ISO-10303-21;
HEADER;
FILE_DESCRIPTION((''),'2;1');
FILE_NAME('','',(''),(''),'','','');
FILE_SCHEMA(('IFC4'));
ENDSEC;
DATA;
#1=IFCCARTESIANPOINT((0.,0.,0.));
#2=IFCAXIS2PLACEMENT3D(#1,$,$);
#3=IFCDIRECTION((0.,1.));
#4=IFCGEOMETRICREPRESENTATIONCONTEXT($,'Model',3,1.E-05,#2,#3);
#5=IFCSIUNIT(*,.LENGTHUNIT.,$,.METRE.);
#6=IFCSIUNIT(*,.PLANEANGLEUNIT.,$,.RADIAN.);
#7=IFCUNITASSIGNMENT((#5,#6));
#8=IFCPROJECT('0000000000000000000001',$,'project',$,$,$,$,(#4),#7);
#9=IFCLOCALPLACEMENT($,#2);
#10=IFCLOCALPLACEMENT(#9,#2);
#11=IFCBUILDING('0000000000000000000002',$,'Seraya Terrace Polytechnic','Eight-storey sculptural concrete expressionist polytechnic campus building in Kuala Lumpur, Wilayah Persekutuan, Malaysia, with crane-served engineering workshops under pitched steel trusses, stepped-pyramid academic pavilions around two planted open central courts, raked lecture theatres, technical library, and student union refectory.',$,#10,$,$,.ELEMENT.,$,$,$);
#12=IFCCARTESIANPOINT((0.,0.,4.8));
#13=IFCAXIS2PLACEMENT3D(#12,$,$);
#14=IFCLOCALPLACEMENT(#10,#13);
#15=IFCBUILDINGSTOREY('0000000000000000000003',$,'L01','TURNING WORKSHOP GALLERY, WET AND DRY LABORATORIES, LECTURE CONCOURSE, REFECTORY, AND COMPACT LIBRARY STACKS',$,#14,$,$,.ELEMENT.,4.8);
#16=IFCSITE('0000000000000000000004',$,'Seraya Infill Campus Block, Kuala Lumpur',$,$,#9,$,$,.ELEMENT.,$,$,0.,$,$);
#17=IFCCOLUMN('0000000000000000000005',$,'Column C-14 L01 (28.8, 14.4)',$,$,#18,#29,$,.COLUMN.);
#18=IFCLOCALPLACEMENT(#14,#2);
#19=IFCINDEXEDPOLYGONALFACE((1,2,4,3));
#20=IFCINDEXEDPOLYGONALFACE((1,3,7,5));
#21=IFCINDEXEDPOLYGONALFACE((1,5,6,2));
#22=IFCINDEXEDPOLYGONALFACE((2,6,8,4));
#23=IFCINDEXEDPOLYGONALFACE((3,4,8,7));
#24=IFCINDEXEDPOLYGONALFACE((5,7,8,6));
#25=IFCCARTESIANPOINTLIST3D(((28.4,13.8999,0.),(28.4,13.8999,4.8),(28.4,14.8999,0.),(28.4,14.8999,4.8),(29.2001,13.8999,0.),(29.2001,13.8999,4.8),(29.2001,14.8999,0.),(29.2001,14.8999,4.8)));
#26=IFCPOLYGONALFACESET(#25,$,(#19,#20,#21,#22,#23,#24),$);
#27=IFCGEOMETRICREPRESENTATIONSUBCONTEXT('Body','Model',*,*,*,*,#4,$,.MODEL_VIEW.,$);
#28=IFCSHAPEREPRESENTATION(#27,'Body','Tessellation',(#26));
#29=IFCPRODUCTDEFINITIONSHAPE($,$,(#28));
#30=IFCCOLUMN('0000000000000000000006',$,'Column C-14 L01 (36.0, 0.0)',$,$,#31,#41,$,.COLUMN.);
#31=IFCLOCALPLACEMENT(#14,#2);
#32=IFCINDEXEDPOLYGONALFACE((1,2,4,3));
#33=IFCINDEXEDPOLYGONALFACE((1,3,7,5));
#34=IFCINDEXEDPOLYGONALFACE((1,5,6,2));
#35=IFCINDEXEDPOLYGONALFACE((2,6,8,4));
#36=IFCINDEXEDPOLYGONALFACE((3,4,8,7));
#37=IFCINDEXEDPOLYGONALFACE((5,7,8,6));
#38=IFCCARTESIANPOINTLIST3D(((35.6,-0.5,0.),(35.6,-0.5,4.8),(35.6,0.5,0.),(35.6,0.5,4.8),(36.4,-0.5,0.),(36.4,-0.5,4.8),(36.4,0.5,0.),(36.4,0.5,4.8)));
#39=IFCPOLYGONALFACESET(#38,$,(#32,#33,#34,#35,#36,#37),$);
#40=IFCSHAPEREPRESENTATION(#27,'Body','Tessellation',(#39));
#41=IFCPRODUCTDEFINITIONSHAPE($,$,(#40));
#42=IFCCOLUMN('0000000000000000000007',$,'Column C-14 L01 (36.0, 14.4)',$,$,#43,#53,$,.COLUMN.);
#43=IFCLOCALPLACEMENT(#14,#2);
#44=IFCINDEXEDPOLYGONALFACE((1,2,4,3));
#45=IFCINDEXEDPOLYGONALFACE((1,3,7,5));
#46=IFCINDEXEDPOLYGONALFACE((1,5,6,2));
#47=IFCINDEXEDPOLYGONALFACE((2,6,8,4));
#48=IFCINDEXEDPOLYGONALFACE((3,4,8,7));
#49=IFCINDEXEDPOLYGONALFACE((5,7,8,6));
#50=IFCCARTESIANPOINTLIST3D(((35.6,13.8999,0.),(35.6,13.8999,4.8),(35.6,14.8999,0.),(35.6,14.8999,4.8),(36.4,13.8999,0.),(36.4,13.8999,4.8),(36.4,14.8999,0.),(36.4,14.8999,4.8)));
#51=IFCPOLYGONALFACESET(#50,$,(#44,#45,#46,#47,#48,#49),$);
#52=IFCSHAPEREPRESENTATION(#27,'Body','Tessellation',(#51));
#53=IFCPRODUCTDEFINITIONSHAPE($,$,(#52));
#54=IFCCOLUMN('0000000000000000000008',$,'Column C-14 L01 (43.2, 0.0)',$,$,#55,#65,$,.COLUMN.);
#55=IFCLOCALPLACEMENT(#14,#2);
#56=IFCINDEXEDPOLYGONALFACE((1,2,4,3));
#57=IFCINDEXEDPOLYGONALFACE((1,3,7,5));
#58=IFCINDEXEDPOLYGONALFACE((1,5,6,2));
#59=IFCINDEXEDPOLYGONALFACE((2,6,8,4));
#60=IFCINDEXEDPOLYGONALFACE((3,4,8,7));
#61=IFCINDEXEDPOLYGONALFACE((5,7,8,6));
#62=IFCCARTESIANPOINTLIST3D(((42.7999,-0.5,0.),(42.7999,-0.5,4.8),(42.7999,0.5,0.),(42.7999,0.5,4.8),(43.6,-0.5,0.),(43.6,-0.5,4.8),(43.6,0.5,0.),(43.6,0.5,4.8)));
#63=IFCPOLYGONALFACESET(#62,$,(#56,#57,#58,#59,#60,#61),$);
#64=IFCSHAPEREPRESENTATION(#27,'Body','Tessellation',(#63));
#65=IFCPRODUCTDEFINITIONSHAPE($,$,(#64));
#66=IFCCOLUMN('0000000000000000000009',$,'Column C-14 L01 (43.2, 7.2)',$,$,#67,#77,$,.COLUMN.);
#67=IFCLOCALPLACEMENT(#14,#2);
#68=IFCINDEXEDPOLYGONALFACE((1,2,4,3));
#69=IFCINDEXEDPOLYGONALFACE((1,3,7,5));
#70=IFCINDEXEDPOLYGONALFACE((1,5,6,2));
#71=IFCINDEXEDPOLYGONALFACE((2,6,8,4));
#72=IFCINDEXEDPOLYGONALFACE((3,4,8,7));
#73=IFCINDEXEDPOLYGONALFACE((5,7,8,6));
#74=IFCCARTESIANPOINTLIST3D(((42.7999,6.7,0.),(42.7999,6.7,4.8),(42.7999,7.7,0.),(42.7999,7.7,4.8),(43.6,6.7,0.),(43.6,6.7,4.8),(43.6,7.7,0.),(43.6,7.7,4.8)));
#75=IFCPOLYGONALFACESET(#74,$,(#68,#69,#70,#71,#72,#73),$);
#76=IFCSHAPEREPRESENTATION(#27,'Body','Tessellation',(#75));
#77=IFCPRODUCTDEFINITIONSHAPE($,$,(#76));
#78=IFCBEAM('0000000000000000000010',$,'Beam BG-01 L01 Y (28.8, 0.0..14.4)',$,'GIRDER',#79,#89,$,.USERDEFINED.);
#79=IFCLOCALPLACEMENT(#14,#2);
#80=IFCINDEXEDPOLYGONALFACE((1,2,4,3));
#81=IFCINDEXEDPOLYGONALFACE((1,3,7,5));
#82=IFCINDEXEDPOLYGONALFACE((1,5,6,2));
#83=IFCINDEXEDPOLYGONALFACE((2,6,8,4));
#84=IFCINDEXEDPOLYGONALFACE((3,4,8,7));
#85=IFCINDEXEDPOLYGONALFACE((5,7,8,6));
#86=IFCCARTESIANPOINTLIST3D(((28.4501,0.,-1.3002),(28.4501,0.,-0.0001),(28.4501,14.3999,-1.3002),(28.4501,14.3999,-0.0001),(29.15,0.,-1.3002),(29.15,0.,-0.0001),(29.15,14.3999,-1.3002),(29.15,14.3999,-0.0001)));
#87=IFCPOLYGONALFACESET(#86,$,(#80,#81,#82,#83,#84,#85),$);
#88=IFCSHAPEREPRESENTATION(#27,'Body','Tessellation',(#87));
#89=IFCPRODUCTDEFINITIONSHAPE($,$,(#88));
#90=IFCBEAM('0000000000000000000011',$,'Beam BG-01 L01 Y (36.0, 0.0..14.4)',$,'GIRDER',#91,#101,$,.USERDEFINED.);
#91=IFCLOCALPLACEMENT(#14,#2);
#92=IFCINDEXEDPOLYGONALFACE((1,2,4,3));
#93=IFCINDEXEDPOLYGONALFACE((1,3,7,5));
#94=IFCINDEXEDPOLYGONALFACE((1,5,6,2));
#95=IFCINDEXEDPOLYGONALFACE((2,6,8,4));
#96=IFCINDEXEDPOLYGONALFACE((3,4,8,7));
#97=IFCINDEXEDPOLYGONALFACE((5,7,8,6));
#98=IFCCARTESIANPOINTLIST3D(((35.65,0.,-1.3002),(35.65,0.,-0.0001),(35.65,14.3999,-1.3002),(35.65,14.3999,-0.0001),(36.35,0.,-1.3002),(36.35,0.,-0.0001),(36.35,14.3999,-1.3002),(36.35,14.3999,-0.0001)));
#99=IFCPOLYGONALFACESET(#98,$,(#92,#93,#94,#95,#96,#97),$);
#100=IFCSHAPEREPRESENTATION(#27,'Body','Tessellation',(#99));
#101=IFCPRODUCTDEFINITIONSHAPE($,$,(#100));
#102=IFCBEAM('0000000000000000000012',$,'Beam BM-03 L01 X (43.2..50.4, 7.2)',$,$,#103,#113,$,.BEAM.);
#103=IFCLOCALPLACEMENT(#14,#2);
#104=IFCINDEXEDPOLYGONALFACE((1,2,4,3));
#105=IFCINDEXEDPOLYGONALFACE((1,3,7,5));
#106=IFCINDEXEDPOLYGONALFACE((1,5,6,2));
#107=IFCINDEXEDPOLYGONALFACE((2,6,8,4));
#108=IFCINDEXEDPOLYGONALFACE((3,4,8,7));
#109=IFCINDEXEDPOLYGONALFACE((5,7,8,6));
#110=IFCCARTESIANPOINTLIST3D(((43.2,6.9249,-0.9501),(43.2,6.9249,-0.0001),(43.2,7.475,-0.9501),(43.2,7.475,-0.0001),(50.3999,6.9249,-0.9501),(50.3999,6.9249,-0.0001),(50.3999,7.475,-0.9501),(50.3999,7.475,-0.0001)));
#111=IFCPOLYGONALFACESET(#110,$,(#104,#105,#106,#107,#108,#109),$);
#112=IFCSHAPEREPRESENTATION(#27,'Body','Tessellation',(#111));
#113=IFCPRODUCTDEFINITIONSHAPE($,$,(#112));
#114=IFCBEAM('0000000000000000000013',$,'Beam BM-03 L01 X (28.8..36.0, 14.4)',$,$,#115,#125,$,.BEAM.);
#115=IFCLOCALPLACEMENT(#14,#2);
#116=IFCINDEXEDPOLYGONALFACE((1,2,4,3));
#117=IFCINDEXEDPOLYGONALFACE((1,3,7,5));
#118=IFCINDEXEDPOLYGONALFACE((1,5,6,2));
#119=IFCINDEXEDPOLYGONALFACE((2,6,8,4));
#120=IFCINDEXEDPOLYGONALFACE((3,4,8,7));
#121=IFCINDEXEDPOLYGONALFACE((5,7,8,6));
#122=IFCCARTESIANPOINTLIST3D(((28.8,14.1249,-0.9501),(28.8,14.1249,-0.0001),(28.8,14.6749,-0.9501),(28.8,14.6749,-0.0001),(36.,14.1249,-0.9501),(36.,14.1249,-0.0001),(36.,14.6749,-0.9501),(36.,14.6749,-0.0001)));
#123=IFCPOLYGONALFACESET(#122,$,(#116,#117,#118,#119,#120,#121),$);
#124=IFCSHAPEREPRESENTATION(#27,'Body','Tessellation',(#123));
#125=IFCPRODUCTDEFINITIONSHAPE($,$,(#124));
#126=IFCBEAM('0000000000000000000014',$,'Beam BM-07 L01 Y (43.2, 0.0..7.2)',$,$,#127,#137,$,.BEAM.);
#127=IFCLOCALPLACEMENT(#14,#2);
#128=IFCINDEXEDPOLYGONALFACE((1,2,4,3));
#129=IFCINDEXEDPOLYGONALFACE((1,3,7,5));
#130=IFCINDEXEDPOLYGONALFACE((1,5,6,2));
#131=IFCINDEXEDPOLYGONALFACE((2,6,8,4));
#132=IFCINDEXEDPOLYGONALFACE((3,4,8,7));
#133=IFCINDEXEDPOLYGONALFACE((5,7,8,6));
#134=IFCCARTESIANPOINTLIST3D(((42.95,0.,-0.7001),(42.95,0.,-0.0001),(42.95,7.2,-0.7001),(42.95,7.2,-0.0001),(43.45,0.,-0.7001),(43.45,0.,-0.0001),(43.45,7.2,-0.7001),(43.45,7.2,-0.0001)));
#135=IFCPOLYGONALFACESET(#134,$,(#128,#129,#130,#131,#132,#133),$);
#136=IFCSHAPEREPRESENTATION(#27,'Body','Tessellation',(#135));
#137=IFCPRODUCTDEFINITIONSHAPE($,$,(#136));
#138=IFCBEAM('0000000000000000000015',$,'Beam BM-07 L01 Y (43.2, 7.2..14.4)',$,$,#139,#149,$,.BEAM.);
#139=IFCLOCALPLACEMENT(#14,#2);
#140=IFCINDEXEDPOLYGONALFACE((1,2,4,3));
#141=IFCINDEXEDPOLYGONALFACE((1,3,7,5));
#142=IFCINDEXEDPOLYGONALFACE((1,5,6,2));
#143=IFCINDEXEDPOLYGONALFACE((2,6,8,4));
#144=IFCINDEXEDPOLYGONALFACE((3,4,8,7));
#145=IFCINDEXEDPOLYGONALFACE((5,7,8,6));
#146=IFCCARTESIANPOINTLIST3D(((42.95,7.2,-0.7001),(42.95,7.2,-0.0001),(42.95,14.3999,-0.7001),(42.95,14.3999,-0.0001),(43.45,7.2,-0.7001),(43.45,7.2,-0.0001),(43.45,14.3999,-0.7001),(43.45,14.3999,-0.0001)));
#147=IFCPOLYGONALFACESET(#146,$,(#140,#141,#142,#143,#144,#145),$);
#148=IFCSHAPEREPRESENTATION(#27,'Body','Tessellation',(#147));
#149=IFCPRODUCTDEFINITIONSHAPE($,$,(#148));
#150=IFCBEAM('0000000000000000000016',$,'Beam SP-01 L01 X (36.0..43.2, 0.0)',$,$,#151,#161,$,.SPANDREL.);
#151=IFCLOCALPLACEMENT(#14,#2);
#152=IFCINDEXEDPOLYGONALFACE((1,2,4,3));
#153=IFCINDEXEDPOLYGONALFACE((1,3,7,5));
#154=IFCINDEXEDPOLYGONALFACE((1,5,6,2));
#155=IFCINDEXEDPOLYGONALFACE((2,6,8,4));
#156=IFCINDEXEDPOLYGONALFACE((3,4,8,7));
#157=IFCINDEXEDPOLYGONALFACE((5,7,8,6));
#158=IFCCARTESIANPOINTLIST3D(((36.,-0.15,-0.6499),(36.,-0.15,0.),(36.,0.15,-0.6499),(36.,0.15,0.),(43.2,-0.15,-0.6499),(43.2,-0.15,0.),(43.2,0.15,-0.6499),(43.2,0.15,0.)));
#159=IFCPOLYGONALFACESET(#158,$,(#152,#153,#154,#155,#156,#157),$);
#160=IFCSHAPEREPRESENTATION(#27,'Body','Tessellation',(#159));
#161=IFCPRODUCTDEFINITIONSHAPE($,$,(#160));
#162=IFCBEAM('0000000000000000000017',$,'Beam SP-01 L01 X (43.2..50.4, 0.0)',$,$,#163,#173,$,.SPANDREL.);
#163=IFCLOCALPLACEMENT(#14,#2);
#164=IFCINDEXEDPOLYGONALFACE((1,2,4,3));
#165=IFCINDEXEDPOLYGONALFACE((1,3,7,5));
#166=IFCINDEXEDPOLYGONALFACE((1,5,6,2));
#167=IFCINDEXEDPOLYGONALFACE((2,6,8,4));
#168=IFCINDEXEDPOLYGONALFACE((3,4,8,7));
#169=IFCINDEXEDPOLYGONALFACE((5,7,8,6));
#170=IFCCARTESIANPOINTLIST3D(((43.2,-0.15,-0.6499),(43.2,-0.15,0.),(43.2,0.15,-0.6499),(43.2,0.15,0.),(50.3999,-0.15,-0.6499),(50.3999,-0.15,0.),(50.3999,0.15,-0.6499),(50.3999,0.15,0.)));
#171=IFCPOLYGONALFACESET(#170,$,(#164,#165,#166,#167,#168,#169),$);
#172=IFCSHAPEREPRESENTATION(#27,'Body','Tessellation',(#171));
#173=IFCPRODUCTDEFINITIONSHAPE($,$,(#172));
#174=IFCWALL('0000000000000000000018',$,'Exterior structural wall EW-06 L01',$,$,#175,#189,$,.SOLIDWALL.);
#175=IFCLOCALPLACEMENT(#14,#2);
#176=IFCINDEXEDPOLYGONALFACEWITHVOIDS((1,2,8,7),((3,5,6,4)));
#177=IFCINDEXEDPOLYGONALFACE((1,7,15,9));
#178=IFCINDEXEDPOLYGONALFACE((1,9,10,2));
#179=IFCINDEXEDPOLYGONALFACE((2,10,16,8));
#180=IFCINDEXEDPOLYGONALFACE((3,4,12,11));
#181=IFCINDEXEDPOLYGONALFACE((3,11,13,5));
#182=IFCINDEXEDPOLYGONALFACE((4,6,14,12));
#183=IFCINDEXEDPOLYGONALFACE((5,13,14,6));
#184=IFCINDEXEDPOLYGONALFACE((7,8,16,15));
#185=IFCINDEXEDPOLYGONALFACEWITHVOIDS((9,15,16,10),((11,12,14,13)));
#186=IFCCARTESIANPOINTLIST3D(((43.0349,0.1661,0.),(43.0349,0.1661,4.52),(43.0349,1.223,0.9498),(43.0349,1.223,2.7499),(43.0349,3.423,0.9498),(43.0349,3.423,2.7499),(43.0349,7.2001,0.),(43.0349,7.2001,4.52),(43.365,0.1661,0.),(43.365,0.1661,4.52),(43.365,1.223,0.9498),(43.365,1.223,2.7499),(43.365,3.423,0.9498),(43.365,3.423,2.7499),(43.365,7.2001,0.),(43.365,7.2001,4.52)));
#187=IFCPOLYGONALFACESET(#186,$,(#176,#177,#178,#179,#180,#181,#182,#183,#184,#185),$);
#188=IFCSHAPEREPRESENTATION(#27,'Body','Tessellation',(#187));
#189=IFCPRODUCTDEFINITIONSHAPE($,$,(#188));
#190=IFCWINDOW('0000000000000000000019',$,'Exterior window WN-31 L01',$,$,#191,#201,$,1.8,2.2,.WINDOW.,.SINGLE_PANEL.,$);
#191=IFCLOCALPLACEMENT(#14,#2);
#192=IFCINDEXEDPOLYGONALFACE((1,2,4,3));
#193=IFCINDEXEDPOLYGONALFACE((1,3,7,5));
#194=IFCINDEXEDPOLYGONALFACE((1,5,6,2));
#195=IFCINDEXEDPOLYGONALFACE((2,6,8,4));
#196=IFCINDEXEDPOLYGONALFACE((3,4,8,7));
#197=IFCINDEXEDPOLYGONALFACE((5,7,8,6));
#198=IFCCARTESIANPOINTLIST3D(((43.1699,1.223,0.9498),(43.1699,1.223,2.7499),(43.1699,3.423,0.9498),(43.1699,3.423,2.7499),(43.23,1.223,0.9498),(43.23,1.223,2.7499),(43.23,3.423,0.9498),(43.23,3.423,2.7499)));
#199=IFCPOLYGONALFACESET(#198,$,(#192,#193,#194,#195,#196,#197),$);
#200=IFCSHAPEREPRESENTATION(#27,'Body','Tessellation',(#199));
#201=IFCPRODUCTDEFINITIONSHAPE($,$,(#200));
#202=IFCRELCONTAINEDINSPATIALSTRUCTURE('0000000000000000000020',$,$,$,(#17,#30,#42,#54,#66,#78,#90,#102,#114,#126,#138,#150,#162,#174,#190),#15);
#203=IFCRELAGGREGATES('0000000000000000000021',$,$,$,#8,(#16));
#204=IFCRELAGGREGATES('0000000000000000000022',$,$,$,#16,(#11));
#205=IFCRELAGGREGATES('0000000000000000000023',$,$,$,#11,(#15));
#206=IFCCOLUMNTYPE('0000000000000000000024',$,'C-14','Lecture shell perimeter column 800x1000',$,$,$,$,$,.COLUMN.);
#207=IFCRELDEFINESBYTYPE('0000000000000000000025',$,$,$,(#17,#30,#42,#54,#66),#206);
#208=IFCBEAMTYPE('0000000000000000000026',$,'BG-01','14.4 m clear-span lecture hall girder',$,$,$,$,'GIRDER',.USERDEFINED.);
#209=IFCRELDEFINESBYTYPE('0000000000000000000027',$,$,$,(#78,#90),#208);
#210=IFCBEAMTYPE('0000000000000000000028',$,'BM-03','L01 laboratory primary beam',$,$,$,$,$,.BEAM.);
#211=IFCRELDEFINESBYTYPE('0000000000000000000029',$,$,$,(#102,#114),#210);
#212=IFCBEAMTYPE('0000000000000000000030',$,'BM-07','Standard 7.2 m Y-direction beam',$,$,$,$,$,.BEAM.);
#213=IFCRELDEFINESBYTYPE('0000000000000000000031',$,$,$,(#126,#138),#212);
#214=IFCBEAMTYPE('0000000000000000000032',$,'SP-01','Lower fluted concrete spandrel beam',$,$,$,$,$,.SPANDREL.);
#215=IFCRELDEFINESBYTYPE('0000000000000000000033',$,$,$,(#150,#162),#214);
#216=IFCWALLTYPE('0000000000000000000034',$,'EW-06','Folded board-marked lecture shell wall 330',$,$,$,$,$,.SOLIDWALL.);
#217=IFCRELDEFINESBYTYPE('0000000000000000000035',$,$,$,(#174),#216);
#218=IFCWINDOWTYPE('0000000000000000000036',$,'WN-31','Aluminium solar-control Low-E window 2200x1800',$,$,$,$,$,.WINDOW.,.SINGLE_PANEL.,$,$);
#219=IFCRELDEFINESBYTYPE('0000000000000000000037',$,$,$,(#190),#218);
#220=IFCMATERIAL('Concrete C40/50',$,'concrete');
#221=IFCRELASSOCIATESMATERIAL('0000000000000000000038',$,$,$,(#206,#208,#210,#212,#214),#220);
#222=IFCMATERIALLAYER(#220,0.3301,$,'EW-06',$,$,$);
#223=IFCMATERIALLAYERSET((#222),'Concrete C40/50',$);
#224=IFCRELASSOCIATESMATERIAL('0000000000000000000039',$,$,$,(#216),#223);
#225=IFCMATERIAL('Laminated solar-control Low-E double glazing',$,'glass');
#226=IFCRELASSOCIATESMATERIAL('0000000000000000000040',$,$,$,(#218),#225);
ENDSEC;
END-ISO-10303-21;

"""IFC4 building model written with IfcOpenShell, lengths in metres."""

from ifc_helpers import new_model, si_unit, direction, frame, frame_2d, origin, origin_2d, place, context, subcontext, project, spatial, rectangle, extrude, material, layer, layer_set, material_profile, profile_set, type_object, element, fill, save


model = new_model("IFC4")

# Units and contexts
model_context = context("Model", 3, precision=1e-05, world=origin(), true_north=direction((0.0, 1.0)))
body_context = subcontext(model_context, "Body", "Model", "MODEL_VIEW")
ifc_project = project(units=[si_unit("LENGTHUNIT", "METRE"), si_unit("PLANEANGLEUNIT", "RADIAN")], contexts=[model_context])

# Site, building, storey
site_placement = place(None, origin())
site = spatial("IfcSite", under=ifc_project, at=site_placement, Name="Seraya Infill Campus Block, Kuala Lumpur", CompositionType="ELEMENT", RefElevation=0.0)
building_placement = place(site_placement, origin())
building = spatial("IfcBuilding", under=site, at=building_placement, Name="Seraya Terrace Polytechnic", Description="Eight-storey sculptural concrete expressionist polytechnic campus building in Kuala Lumpur, Wilayah Persekutuan, Malaysia, with crane-served engineering workshops under pitched steel trusses, stepped-pyramid academic pavilions around two planted open central courts, raked lecture theatres, technical library, and student union refectory.", CompositionType="ELEMENT")
storey_placement = place(building_placement, frame((0.0, 0.0, 4.8)))
storey = spatial("IfcBuildingStorey", under=building, at=storey_placement, Name="L01", Description="TURNING WORKSHOP GALLERY, WET AND DRY LABORATORIES, LECTURE CONCOURSE, REFECTORY, AND COMPACT LIBRARY STACKS", CompositionType="ELEMENT", Elevation=4.8)

# Columns
ifc_material_1 = material(Name="Concrete C40/50", Category="concrete")
ifc_material_profile_1 = material_profile(ifc_material_1, rectangle(XDim=0.8, YDim=1.0, at=origin_2d()), Name="RC 800x1000")
ifc_profile_set_1 = profile_set([ifc_material_profile_1], Name="Concrete C40/50")
column_type = type_object("IfcColumnType", Name="C-14", Description="Lecture shell perimeter column 800x1000", PredefinedType="COLUMN", material=ifc_profile_set_1)
for number, where, z_axis, x_axis, name in (
    (1, (28.8, 14.3999, 0.0), (0.0, 0.0, 1.0), (1.0, 0.0, 0.0), "Column C-14 L01 (28.8, 14.4)"),
    (2, (36.0, 0.0, 0.0), (0.0, 0.0, 1.0), (1.0, 0.0, 0.0), "Column C-14 L01 (36.0, 0.0)"),
    (3, (36.0, 14.3999, 0.0), (0.0, 0.0, 1.0), (1.0, 0.0, 0.0), "Column C-14 L01 (36.0, 14.4)"),
    (4, (43.2, 0.0, 0.0), (0.0, 0.0, 1.0), (1.0, 0.0, 0.0), "Column C-14 L01 (43.2, 0.0)"),
    (5, (43.2, 7.2, 0.0), (0.0, 0.0, 1.0), (1.0, 0.0, 0.0), "Column C-14 L01 (43.2, 7.2)"),
):
    element("IfcColumn", number, at=place(storey_placement, frame(where, z_axis=z_axis, x_axis=x_axis)), inside=storey, type_object=column_type, Name=name, PredefinedType="COLUMN", context=body_context, shape_type="SweptSolid", body=[
        extrude(rectangle(XDim=0.8, YDim=1.0, at=origin_2d()), origin(), (0.0, 0.0, 1.0), 4.8),
    ])

# Beams
ifc_material_profile_2 = material_profile(ifc_material_1, rectangle(XDim=0.7, YDim=1.3, at=origin_2d()), Name="RC 700x1300")
ifc_profile_set_2 = profile_set([ifc_material_profile_2], Name="Concrete C40/50")
beam_type_1 = type_object("IfcBeamType", Name="BG-01", Description="14.4 m clear-span lecture hall girder", ElementType="GIRDER", PredefinedType="USERDEFINED", material=ifc_profile_set_2)
for number, where, z_axis, x_axis, name in (
    (6, (28.8, 0.0, -0.6501), (0.0, 1.0, 0.0), (-1.0, 0.0, 0.0), "Beam BG-01 L01 Y (28.8, 0.0..14.4)"),
    (7, (36.0, 0.0, -0.6501), (0.0, 1.0, 0.0), (-1.0, 0.0, 0.0), "Beam BG-01 L01 Y (36.0, 0.0..14.4)"),
):
    element("IfcBeam", number, at=place(storey_placement, frame(where, z_axis=z_axis, x_axis=x_axis)), inside=storey, type_object=beam_type_1, Name=name, ObjectType="GIRDER", PredefinedType="USERDEFINED", context=body_context, shape_type="SweptSolid", body=[
        extrude(rectangle(XDim=0.7, YDim=1.3, at=origin_2d()), origin(), (0.0, 0.0, 1.0), 14.3999),
    ])
ifc_material_profile_3 = material_profile(ifc_material_1, rectangle(XDim=0.55, YDim=0.95, at=origin_2d()), Name="RC 550x950")
ifc_profile_set_3 = profile_set([ifc_material_profile_3], Name="Concrete C40/50")
beam_type_2 = type_object("IfcBeamType", Name="BM-03", Description="L01 laboratory primary beam", PredefinedType="BEAM", material=ifc_profile_set_3)
for number, where, z_axis, x_axis, name in (
    (8, (43.2, 7.2, -0.4751), (1.0, 0.0, 0.0), (0.0, 1.0, 0.0), "Beam BM-03 L01 X (43.2..50.4, 7.2)"),
    (9, (28.8, 14.3999, -0.4751), (1.0, 0.0, 0.0), (0.0, 1.0, 0.0), "Beam BM-03 L01 X (28.8..36.0, 14.4)"),
):
    element("IfcBeam", number, at=place(storey_placement, frame(where, z_axis=z_axis, x_axis=x_axis)), inside=storey, type_object=beam_type_2, Name=name, PredefinedType="BEAM", context=body_context, shape_type="SweptSolid", body=[
        extrude(rectangle(XDim=0.55, YDim=0.95, at=origin_2d()), origin(), (0.0, 0.0, 1.0), 7.2),
    ])
ifc_material_profile_4 = material_profile(ifc_material_1, rectangle(XDim=0.5, YDim=0.7, at=origin_2d()), Name="RC 500x700")
ifc_profile_set_4 = profile_set([ifc_material_profile_4], Name="Concrete C40/50")
beam_type_3 = type_object("IfcBeamType", Name="BM-07", Description="Standard 7.2 m Y-direction beam", PredefinedType="BEAM", material=ifc_profile_set_4)
for number, where, z_axis, x_axis, name in (
    (10, (43.2, 0.0, -0.3501), (0.0, 1.0, 0.0), (-1.0, 0.0, 0.0), "Beam BM-07 L01 Y (43.2, 0.0..7.2)"),
    (11, (43.2, 7.2, -0.3501), (0.0, 1.0, 0.0), (-1.0, 0.0, 0.0), "Beam BM-07 L01 Y (43.2, 7.2..14.4)"),
):
    element("IfcBeam", number, at=place(storey_placement, frame(where, z_axis=z_axis, x_axis=x_axis)), inside=storey, type_object=beam_type_3, Name=name, PredefinedType="BEAM", context=body_context, shape_type="SweptSolid", body=[
        extrude(rectangle(XDim=0.5, YDim=0.7, at=origin_2d()), origin(), (0.0, 0.0, 1.0), 7.2),
    ])
ifc_material_profile_5 = material_profile(ifc_material_1, rectangle(XDim=0.3, YDim=0.6499, at=origin_2d()), Name="RC 300x650")
ifc_profile_set_5 = profile_set([ifc_material_profile_5], Name="Concrete C40/50")
beam_type_4 = type_object("IfcBeamType", Name="SP-01", Description="Lower fluted concrete spandrel beam", PredefinedType="SPANDREL", material=ifc_profile_set_5)
for number, where, z_axis, x_axis, name in (
    (12, (36.0, 0.0, -0.325), (1.0, 0.0, 0.0), (0.0, 1.0, 0.0), "Beam SP-01 L01 X (36.0..43.2, 0.0)"),
    (13, (43.2, 0.0, -0.325), (1.0, 0.0, 0.0), (0.0, 1.0, 0.0), "Beam SP-01 L01 X (43.2..50.4, 0.0)"),
):
    element("IfcBeam", number, at=place(storey_placement, frame(where, z_axis=z_axis, x_axis=x_axis)), inside=storey, type_object=beam_type_4, Name=name, PredefinedType="SPANDREL", context=body_context, shape_type="SweptSolid", body=[
        extrude(rectangle(XDim=0.3, YDim=0.6499, at=origin_2d()), origin(), (0.0, 0.0, 1.0), 7.2),
    ])

# Wall, opening, window
ifc_layer = layer(ifc_material_1, 0.3301, Name="EW-06")
ifc_layer_set = layer_set([ifc_layer], Name="Concrete C40/50")
wall_type = type_object("IfcWallType", Name="EW-06", Description="Folded board-marked lecture shell wall 330", PredefinedType="SOLIDWALL", material=ifc_layer_set)
wall_1_placement = place(storey_placement, frame((43.2, 0.166, 0.0), z_axis=(0.0, 0.0, 1.0), x_axis=(0.0, 1.0, 0.0)))
wall_1 = element("IfcWall", 14, at=wall_1_placement, inside=storey, type_object=wall_type, Name="Exterior structural wall EW-06 L01", PredefinedType="SOLIDWALL", context=body_context, shape_type="SweptSolid", body=[
    extrude(rectangle(XDim=7.0339, YDim=0.3301, at=frame_2d((3.5171, 0.0))), origin(), (0.0, 0.0, 1.0), 4.52),
])
opening_1_placement = place(wall_1_placement, frame((1.0569, 0.0, 0.95)))
opening_1 = element("IfcOpeningElement", 15, at=opening_1_placement, cuts=wall_1, PredefinedType="OPENING", context=body_context, shape_type="SweptSolid", body=[
    extrude(rectangle(XDim=2.2, YDim=1.8, at=frame_2d((1.1001, 0.8999))), frame((0.0, 0.177, 0.0), z_axis=(0.0, -1.0, 0.0), x_axis=(1.0, 0.0, 0.0)), (0.0, 0.0, 1.0), 0.354),
])
ifc_material_2 = material(Name="Laminated solar-control Low-E double glazing", Category="glass")
window_type_1 = type_object("IfcWindowType", Name="WN-31", Description="Aluminium solar-control Low-E window 2200x1800", PartitioningType="SINGLE_PANEL", PredefinedType="WINDOW", material=ifc_material_2)
window_1_placement = place(opening_1_placement, origin())
window_1 = element("IfcWindow", 16, at=window_1_placement, inside=storey, type_object=window_type_1, Name="Exterior window WN-31 L01", OverallHeight=1.8, OverallWidth=2.2, PartitioningType="SINGLE_PANEL", PredefinedType="WINDOW", context=body_context, shape_type="SweptSolid", body=[
    extrude(rectangle(XDim=2.2, YDim=1.8, at=frame_2d((1.1001, 0.8999))), frame((0.0, 0.03, 0.0), z_axis=(0.0, -1.0, 0.0), x_axis=(1.0, 0.0, 0.0)), (0.0, 0.0, 1.0), 0.0601),
])
fill(opening_1, window_1)

save(model, "model.ifc")
